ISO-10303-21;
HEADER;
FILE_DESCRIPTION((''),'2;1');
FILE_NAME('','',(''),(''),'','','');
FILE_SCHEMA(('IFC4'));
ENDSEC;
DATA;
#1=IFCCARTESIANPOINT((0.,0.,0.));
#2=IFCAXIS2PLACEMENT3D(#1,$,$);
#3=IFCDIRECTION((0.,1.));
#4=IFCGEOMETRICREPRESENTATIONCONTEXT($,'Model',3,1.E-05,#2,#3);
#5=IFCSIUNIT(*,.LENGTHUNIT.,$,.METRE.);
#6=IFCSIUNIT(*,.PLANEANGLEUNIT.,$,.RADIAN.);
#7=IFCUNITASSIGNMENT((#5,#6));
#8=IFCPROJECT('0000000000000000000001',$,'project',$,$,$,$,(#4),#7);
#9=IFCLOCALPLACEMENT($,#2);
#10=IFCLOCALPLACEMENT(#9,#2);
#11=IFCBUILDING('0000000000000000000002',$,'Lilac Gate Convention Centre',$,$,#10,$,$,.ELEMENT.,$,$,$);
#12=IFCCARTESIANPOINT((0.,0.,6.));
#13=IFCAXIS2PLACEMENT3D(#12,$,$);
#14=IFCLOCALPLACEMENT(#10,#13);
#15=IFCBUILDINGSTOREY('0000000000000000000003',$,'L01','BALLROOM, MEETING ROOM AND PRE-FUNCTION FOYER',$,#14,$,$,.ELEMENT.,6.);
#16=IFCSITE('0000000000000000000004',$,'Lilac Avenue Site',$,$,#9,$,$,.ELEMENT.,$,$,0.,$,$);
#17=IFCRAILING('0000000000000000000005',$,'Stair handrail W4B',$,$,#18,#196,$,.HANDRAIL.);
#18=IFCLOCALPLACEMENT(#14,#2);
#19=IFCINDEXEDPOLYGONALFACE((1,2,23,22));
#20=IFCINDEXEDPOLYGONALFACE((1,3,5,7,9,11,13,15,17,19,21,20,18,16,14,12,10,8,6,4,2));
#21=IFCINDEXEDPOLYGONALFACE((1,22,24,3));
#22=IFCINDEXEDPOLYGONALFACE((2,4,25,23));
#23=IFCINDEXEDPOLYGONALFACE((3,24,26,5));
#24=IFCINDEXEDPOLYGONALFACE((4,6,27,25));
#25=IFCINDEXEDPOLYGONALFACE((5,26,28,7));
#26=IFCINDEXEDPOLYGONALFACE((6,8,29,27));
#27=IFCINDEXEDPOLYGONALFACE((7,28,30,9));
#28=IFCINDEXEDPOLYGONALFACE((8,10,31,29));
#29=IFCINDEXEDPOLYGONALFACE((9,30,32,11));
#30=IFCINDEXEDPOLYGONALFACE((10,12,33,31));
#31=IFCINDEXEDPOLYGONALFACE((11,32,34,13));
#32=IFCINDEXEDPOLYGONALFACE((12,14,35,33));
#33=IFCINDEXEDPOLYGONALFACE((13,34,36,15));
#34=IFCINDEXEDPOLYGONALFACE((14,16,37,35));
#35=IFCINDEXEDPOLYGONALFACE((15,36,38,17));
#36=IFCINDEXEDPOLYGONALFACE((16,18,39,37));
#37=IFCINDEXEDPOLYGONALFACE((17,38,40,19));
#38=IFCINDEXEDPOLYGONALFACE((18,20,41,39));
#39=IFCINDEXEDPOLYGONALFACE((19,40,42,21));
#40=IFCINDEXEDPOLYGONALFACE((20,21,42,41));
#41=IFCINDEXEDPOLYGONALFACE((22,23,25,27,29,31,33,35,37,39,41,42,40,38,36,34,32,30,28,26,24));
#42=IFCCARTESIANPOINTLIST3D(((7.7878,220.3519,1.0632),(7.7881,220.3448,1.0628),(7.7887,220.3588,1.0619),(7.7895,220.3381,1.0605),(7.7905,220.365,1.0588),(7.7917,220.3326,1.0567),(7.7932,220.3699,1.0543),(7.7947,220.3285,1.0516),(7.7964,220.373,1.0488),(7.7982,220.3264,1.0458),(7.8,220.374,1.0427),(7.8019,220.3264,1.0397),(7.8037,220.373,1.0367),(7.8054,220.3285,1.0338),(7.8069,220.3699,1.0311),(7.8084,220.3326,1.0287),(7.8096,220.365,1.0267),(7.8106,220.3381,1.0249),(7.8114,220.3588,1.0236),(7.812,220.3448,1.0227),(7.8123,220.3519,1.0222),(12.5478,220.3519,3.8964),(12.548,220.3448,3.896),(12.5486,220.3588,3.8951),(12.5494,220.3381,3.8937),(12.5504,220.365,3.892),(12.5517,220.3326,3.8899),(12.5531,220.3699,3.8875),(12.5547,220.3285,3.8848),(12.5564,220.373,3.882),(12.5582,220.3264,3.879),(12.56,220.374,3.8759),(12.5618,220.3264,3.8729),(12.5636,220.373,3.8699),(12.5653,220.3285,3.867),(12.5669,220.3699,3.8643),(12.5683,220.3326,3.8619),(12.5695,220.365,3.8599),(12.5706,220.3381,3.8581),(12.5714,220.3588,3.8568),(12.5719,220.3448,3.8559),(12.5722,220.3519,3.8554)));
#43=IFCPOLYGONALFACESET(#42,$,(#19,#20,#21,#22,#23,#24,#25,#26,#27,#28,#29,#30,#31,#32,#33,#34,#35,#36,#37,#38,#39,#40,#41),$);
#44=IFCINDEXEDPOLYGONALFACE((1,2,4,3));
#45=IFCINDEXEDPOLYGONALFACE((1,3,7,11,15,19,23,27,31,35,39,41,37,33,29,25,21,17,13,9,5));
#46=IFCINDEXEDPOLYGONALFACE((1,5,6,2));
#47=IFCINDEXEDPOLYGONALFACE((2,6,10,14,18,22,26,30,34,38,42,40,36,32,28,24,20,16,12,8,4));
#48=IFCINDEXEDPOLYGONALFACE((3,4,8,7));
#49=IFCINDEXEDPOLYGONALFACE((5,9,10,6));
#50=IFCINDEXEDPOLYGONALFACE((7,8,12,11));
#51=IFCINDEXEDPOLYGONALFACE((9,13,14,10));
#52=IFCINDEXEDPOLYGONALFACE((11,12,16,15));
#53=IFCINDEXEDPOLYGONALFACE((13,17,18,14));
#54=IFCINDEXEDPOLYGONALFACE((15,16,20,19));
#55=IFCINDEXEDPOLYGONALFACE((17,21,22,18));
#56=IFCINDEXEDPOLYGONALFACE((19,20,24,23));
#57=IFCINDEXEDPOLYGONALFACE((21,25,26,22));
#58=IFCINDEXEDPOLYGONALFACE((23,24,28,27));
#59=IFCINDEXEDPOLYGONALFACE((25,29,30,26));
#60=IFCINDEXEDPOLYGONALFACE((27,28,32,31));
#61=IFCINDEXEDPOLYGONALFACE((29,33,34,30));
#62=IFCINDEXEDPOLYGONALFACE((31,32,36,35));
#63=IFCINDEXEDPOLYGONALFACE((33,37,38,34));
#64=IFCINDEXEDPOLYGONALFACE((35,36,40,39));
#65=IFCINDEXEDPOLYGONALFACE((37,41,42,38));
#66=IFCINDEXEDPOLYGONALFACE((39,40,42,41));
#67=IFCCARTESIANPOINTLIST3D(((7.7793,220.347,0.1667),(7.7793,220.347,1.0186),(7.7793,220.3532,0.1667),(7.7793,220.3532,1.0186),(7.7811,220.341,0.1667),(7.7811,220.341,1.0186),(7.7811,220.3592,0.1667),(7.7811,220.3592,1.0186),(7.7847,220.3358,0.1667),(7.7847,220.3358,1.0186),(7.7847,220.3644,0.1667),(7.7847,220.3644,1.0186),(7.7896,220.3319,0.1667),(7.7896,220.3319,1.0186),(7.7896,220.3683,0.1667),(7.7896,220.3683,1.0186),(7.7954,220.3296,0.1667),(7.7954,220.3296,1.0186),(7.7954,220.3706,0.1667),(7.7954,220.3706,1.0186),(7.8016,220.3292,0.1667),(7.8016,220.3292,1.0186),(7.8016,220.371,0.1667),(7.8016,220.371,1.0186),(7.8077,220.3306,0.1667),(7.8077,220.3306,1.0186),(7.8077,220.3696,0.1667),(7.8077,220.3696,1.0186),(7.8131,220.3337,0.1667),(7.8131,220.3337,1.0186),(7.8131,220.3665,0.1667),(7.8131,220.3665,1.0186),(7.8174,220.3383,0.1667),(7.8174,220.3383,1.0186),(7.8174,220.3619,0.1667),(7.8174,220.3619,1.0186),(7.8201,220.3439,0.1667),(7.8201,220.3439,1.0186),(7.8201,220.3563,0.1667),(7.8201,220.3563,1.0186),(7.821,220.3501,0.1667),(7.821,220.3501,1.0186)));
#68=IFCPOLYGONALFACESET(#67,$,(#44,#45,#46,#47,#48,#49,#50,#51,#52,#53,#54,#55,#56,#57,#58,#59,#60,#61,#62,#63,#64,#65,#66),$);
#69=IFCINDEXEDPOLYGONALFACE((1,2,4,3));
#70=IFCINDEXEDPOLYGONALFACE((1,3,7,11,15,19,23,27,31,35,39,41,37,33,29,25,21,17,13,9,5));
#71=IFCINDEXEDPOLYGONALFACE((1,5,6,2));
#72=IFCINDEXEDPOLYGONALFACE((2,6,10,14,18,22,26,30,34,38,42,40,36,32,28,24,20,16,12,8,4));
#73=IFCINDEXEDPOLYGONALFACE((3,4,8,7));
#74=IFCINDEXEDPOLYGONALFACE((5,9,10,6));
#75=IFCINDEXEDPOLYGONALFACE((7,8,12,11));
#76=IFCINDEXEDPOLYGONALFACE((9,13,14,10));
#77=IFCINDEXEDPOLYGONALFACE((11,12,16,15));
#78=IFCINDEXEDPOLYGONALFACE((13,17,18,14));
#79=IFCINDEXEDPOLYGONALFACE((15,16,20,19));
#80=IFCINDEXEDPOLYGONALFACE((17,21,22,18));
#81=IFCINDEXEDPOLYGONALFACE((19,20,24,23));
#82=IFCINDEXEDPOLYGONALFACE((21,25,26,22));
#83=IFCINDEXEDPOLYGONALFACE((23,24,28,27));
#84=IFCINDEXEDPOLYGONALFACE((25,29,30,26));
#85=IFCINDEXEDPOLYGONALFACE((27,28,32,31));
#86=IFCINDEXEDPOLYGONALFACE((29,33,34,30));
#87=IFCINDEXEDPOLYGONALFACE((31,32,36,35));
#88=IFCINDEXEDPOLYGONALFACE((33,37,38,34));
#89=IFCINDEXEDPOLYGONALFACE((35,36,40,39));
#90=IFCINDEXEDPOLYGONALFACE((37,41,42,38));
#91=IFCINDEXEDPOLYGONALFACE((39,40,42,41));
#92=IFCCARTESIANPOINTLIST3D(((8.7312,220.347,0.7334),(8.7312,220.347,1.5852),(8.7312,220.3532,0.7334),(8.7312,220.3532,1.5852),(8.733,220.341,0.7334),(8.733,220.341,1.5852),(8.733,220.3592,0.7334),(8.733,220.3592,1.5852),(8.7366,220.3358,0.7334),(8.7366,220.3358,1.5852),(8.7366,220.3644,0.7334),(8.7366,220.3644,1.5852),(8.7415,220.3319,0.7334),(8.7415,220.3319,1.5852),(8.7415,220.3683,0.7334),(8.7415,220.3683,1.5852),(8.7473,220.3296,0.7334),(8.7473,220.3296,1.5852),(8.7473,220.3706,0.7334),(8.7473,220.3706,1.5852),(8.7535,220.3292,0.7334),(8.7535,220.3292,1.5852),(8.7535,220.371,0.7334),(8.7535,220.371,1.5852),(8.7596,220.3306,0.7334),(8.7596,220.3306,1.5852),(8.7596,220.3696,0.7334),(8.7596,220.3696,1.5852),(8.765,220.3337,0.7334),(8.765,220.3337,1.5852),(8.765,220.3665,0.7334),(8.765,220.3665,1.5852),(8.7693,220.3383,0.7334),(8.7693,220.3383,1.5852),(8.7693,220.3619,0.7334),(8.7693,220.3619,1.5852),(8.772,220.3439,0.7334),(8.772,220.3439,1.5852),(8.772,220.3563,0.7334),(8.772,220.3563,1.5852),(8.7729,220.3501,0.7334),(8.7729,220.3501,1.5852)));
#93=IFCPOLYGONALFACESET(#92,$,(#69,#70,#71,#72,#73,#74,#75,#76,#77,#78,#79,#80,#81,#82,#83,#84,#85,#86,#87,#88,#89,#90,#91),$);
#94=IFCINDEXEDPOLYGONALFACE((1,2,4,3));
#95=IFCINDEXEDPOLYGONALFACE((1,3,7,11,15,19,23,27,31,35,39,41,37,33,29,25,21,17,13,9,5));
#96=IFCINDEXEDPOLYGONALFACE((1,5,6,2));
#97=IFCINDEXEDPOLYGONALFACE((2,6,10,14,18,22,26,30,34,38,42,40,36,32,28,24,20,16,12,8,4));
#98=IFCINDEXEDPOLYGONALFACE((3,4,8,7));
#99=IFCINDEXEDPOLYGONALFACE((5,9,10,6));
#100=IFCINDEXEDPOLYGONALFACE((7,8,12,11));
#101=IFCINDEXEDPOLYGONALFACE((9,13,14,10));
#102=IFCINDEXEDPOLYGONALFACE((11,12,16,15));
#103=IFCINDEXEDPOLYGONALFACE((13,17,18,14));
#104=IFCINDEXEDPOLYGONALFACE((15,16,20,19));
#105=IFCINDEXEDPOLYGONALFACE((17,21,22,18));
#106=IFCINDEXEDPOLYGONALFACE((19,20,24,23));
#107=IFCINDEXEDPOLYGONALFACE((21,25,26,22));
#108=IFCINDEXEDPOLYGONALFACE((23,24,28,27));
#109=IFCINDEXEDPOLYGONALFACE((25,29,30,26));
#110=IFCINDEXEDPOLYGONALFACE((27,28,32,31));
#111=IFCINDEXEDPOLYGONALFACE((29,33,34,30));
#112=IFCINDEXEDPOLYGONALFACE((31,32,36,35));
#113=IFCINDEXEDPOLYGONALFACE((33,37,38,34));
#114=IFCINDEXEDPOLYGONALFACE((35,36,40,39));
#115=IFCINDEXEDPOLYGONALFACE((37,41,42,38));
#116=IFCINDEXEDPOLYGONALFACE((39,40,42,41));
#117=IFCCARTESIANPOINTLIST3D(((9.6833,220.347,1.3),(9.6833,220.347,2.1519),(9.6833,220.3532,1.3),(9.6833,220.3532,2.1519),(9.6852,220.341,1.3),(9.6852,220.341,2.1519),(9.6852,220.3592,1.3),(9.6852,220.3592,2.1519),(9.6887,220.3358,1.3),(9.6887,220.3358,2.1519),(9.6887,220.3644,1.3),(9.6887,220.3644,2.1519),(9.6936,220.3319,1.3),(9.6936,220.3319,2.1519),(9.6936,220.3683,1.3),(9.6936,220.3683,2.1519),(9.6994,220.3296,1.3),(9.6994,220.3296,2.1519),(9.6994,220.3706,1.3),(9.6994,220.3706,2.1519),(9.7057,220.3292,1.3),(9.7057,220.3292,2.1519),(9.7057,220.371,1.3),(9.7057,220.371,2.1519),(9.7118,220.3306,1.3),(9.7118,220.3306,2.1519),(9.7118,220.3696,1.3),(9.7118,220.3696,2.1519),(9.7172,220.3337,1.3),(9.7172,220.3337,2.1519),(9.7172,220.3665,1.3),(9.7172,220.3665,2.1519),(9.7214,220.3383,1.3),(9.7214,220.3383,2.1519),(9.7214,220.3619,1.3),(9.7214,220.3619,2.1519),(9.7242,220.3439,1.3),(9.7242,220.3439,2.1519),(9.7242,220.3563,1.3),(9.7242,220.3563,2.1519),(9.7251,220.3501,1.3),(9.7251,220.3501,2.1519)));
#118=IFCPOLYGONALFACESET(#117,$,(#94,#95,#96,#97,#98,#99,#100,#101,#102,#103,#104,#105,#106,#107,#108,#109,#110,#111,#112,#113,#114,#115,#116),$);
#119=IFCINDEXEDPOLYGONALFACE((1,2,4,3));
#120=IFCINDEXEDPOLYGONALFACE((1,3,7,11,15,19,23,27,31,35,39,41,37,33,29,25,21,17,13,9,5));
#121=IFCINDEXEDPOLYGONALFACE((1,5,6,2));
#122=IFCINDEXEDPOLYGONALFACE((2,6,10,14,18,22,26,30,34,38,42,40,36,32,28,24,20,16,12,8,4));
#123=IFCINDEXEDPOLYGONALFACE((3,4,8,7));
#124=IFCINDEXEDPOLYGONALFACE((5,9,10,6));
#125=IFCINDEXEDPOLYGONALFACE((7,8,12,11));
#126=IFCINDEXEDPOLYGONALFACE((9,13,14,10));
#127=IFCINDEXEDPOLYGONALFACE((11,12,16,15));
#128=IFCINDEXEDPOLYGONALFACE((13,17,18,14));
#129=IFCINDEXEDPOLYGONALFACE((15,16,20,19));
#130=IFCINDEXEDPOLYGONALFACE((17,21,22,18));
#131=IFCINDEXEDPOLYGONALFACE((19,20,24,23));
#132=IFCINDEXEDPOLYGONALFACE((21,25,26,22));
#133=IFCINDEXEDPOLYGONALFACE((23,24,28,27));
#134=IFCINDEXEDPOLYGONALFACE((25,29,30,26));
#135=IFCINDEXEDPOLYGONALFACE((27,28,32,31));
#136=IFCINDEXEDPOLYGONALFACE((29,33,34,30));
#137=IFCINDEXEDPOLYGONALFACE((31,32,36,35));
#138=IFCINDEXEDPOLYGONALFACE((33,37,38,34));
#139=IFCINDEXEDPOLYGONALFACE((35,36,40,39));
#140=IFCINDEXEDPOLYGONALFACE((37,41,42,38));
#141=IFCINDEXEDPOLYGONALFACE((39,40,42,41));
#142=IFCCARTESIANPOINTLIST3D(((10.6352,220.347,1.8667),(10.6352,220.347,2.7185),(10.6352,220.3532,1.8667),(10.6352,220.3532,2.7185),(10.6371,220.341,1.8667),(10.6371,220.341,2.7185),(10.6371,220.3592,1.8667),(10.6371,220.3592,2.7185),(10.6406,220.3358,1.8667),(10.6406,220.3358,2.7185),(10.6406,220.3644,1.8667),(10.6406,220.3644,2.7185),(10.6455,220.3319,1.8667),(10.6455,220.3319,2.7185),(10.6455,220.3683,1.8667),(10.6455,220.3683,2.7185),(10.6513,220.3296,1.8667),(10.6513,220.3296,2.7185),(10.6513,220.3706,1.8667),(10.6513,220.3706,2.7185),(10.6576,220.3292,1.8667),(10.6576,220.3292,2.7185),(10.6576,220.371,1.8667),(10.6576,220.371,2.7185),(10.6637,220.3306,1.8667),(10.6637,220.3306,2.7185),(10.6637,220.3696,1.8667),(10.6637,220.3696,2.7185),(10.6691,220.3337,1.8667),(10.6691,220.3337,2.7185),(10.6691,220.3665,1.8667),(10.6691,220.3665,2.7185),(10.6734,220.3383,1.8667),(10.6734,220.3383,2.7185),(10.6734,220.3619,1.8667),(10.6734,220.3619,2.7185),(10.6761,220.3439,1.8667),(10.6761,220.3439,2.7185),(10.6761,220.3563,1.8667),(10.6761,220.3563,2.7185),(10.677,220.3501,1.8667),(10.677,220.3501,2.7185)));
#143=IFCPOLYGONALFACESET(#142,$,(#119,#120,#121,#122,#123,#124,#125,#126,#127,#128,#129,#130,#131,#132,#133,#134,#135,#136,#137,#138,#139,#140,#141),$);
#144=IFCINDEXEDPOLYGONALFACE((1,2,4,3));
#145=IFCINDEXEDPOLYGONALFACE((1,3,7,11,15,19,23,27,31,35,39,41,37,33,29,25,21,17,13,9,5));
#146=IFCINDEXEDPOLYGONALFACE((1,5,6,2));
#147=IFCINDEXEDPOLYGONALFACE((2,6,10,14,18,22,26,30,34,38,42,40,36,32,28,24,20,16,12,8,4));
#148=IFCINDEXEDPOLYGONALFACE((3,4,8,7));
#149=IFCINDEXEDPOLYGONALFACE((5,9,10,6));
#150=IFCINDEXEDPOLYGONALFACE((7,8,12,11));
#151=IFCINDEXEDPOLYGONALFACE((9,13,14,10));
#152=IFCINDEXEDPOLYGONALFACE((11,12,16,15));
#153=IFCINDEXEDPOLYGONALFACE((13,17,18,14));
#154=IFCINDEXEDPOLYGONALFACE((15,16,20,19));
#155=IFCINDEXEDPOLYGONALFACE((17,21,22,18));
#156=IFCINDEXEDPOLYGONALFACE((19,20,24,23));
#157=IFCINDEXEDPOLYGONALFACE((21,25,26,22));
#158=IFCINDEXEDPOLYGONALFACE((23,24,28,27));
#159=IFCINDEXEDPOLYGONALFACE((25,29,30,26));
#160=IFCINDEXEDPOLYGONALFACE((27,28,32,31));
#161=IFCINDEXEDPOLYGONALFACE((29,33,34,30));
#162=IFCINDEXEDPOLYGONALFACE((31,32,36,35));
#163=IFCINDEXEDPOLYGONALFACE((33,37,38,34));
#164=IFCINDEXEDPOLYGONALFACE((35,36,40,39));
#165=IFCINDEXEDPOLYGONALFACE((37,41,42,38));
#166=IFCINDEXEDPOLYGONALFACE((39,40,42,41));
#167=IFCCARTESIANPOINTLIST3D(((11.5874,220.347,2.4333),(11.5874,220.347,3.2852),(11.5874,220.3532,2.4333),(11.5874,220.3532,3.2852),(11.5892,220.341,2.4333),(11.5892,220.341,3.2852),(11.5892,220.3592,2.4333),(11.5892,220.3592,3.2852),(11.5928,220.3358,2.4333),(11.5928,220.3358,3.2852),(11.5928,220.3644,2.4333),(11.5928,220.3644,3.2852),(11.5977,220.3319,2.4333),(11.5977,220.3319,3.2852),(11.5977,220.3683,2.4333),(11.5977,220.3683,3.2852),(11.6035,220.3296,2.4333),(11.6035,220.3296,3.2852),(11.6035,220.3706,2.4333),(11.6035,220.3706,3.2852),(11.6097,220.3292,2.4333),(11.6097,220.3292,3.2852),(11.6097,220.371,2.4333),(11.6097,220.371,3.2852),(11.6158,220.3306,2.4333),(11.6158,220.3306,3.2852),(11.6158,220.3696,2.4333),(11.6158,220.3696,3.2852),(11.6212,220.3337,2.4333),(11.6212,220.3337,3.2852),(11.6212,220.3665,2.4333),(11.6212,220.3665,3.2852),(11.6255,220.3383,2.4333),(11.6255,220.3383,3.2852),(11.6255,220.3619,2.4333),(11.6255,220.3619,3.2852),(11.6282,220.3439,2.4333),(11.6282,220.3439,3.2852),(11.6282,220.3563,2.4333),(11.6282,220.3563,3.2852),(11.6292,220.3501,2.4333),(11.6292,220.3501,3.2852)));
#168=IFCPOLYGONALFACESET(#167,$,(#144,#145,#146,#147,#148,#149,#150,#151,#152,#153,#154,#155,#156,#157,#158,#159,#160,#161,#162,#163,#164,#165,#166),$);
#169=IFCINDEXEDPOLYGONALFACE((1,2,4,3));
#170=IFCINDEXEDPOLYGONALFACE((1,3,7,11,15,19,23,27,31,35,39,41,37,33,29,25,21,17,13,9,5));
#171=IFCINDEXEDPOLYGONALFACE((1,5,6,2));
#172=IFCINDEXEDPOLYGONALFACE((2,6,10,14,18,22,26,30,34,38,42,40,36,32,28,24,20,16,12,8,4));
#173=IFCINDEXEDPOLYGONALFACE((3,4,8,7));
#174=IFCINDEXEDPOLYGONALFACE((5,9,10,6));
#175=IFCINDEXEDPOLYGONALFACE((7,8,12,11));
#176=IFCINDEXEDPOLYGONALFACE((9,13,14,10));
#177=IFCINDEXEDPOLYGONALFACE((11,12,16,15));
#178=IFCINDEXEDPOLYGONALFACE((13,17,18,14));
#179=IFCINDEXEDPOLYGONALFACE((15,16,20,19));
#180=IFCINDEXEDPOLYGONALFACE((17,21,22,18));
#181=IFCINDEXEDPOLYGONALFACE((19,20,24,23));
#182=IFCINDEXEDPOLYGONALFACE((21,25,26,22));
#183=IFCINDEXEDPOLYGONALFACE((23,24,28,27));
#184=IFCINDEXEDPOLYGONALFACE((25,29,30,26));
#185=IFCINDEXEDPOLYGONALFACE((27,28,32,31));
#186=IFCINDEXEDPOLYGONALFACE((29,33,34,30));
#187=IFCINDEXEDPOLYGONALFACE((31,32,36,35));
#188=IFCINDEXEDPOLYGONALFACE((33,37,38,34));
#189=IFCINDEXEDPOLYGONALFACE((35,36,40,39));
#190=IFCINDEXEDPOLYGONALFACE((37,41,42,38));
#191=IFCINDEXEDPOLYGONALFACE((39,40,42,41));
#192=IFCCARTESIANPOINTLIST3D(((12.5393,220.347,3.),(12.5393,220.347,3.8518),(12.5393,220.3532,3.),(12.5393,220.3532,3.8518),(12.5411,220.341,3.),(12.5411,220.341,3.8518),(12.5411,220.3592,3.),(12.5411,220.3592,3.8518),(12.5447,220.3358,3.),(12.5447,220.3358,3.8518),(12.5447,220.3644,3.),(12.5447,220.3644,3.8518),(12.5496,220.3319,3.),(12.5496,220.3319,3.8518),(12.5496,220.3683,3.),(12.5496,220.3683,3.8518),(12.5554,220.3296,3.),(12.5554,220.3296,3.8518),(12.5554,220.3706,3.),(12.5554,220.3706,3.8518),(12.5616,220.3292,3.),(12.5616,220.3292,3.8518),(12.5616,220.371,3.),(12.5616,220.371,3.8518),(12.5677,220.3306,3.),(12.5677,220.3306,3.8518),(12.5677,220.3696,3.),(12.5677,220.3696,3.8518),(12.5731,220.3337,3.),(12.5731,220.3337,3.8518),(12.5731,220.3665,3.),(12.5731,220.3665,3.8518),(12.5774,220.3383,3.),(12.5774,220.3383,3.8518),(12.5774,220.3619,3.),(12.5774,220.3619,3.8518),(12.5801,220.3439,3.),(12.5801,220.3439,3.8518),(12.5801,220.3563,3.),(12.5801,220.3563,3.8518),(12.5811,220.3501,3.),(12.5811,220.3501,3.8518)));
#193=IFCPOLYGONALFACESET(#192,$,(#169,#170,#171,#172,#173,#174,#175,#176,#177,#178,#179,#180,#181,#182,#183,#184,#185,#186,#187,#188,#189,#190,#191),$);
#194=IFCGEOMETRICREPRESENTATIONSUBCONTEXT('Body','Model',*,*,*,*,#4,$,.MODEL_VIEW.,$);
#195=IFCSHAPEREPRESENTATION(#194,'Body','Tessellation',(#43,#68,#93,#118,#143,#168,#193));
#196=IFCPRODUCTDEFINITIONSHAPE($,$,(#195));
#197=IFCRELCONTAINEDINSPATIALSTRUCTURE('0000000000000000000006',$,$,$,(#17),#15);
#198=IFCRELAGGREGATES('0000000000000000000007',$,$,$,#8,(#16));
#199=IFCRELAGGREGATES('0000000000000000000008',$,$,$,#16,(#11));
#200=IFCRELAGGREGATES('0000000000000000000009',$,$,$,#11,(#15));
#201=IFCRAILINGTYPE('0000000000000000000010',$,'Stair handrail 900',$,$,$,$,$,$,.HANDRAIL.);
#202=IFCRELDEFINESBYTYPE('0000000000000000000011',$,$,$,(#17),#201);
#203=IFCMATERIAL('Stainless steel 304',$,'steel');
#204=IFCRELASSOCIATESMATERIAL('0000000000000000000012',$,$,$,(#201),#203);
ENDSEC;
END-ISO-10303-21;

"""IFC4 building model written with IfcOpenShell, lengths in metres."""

from ifc_helpers import new_model, si_unit, direction, frame, origin, origin_2d, place, context, subcontext, project, spatial, circle, extrude, material, type_object, element, save


model = new_model("IFC4")

# Units and contexts
model_context = context("Model", 3, precision=1e-05, world=origin(), true_north=direction((0.0, 1.0)))
body_context = subcontext(model_context, "Body", "Model", "MODEL_VIEW")
ifc_project = project(units=[si_unit("LENGTHUNIT", "METRE"), si_unit("PLANEANGLEUNIT", "RADIAN")], contexts=[model_context])

# Site, building, storey
site_placement = place(None, origin())
site = spatial("IfcSite", under=ifc_project, at=site_placement, Name="Lilac Avenue Site", CompositionType="ELEMENT", RefElevation=0.0)
building_placement = place(site_placement, origin())
building = spatial("IfcBuilding", under=site, at=building_placement, Name="Lilac Gate Convention Centre", CompositionType="ELEMENT")
storey_placement = place(building_placement, frame((0.0, 0.0, 6.0)))
storey = spatial("IfcBuildingStorey", under=building, at=storey_placement, Name="L01", Description="BALLROOM, MEETING ROOM AND PRE-FUNCTION FOYER", CompositionType="ELEMENT", Elevation=6.0)

# Railing
ifc_material_1 = material(Name="Stainless steel 304", Category="steel")
railing_type = type_object("IfcRailingType", Name="Stair handrail 900", PredefinedType="HANDRAIL", material=ifc_material_1)
for number, where, name in (
    (1, (7.8, 220.3501, 0.1667), "Stair handrail W4B"),
):
    element("IfcRailing", number, at=place(storey_placement, frame(where)), inside=storey, type_object=railing_type, Name=name, PredefinedType="HANDRAIL", context=body_context, shape_type="SweptSolid", body=[
        extrude(circle(Radius=0.0239, at=origin_2d()), frame((0.0, 0.0, 0.876), z_axis=(0.8593, 0.0, 0.511472), x_axis=(0.0, 1.0, 0.0)), (0.0, 0.0, 1.0), 5.5393),
        extrude(circle(Radius=0.021, at=origin_2d()), origin(), (0.0, 0.0, 1.0), 0.8518),
        extrude(circle(Radius=0.021, at=origin_2d()), frame((0.9519, 0.0, 0.5667)), (0.0, 0.0, 1.0), 0.8518),
        extrude(circle(Radius=0.021, at=origin_2d()), frame((1.9041, 0.0, 1.1333)), (0.0, 0.0, 1.0), 0.8518),
        extrude(circle(Radius=0.021, at=origin_2d()), frame((2.856, 0.0, 1.7)), (0.0, 0.0, 1.0), 0.8518),
        extrude(circle(Radius=0.021, at=origin_2d()), frame((3.8081, 0.0, 2.2666)), (0.0, 0.0, 1.0), 0.8518),
        extrude(circle(Radius=0.021, at=origin_2d()), frame((4.76, 0.0, 2.8333)), (0.0, 0.0, 1.0), 0.8518),
    ])

save(model, "model.ifc")
